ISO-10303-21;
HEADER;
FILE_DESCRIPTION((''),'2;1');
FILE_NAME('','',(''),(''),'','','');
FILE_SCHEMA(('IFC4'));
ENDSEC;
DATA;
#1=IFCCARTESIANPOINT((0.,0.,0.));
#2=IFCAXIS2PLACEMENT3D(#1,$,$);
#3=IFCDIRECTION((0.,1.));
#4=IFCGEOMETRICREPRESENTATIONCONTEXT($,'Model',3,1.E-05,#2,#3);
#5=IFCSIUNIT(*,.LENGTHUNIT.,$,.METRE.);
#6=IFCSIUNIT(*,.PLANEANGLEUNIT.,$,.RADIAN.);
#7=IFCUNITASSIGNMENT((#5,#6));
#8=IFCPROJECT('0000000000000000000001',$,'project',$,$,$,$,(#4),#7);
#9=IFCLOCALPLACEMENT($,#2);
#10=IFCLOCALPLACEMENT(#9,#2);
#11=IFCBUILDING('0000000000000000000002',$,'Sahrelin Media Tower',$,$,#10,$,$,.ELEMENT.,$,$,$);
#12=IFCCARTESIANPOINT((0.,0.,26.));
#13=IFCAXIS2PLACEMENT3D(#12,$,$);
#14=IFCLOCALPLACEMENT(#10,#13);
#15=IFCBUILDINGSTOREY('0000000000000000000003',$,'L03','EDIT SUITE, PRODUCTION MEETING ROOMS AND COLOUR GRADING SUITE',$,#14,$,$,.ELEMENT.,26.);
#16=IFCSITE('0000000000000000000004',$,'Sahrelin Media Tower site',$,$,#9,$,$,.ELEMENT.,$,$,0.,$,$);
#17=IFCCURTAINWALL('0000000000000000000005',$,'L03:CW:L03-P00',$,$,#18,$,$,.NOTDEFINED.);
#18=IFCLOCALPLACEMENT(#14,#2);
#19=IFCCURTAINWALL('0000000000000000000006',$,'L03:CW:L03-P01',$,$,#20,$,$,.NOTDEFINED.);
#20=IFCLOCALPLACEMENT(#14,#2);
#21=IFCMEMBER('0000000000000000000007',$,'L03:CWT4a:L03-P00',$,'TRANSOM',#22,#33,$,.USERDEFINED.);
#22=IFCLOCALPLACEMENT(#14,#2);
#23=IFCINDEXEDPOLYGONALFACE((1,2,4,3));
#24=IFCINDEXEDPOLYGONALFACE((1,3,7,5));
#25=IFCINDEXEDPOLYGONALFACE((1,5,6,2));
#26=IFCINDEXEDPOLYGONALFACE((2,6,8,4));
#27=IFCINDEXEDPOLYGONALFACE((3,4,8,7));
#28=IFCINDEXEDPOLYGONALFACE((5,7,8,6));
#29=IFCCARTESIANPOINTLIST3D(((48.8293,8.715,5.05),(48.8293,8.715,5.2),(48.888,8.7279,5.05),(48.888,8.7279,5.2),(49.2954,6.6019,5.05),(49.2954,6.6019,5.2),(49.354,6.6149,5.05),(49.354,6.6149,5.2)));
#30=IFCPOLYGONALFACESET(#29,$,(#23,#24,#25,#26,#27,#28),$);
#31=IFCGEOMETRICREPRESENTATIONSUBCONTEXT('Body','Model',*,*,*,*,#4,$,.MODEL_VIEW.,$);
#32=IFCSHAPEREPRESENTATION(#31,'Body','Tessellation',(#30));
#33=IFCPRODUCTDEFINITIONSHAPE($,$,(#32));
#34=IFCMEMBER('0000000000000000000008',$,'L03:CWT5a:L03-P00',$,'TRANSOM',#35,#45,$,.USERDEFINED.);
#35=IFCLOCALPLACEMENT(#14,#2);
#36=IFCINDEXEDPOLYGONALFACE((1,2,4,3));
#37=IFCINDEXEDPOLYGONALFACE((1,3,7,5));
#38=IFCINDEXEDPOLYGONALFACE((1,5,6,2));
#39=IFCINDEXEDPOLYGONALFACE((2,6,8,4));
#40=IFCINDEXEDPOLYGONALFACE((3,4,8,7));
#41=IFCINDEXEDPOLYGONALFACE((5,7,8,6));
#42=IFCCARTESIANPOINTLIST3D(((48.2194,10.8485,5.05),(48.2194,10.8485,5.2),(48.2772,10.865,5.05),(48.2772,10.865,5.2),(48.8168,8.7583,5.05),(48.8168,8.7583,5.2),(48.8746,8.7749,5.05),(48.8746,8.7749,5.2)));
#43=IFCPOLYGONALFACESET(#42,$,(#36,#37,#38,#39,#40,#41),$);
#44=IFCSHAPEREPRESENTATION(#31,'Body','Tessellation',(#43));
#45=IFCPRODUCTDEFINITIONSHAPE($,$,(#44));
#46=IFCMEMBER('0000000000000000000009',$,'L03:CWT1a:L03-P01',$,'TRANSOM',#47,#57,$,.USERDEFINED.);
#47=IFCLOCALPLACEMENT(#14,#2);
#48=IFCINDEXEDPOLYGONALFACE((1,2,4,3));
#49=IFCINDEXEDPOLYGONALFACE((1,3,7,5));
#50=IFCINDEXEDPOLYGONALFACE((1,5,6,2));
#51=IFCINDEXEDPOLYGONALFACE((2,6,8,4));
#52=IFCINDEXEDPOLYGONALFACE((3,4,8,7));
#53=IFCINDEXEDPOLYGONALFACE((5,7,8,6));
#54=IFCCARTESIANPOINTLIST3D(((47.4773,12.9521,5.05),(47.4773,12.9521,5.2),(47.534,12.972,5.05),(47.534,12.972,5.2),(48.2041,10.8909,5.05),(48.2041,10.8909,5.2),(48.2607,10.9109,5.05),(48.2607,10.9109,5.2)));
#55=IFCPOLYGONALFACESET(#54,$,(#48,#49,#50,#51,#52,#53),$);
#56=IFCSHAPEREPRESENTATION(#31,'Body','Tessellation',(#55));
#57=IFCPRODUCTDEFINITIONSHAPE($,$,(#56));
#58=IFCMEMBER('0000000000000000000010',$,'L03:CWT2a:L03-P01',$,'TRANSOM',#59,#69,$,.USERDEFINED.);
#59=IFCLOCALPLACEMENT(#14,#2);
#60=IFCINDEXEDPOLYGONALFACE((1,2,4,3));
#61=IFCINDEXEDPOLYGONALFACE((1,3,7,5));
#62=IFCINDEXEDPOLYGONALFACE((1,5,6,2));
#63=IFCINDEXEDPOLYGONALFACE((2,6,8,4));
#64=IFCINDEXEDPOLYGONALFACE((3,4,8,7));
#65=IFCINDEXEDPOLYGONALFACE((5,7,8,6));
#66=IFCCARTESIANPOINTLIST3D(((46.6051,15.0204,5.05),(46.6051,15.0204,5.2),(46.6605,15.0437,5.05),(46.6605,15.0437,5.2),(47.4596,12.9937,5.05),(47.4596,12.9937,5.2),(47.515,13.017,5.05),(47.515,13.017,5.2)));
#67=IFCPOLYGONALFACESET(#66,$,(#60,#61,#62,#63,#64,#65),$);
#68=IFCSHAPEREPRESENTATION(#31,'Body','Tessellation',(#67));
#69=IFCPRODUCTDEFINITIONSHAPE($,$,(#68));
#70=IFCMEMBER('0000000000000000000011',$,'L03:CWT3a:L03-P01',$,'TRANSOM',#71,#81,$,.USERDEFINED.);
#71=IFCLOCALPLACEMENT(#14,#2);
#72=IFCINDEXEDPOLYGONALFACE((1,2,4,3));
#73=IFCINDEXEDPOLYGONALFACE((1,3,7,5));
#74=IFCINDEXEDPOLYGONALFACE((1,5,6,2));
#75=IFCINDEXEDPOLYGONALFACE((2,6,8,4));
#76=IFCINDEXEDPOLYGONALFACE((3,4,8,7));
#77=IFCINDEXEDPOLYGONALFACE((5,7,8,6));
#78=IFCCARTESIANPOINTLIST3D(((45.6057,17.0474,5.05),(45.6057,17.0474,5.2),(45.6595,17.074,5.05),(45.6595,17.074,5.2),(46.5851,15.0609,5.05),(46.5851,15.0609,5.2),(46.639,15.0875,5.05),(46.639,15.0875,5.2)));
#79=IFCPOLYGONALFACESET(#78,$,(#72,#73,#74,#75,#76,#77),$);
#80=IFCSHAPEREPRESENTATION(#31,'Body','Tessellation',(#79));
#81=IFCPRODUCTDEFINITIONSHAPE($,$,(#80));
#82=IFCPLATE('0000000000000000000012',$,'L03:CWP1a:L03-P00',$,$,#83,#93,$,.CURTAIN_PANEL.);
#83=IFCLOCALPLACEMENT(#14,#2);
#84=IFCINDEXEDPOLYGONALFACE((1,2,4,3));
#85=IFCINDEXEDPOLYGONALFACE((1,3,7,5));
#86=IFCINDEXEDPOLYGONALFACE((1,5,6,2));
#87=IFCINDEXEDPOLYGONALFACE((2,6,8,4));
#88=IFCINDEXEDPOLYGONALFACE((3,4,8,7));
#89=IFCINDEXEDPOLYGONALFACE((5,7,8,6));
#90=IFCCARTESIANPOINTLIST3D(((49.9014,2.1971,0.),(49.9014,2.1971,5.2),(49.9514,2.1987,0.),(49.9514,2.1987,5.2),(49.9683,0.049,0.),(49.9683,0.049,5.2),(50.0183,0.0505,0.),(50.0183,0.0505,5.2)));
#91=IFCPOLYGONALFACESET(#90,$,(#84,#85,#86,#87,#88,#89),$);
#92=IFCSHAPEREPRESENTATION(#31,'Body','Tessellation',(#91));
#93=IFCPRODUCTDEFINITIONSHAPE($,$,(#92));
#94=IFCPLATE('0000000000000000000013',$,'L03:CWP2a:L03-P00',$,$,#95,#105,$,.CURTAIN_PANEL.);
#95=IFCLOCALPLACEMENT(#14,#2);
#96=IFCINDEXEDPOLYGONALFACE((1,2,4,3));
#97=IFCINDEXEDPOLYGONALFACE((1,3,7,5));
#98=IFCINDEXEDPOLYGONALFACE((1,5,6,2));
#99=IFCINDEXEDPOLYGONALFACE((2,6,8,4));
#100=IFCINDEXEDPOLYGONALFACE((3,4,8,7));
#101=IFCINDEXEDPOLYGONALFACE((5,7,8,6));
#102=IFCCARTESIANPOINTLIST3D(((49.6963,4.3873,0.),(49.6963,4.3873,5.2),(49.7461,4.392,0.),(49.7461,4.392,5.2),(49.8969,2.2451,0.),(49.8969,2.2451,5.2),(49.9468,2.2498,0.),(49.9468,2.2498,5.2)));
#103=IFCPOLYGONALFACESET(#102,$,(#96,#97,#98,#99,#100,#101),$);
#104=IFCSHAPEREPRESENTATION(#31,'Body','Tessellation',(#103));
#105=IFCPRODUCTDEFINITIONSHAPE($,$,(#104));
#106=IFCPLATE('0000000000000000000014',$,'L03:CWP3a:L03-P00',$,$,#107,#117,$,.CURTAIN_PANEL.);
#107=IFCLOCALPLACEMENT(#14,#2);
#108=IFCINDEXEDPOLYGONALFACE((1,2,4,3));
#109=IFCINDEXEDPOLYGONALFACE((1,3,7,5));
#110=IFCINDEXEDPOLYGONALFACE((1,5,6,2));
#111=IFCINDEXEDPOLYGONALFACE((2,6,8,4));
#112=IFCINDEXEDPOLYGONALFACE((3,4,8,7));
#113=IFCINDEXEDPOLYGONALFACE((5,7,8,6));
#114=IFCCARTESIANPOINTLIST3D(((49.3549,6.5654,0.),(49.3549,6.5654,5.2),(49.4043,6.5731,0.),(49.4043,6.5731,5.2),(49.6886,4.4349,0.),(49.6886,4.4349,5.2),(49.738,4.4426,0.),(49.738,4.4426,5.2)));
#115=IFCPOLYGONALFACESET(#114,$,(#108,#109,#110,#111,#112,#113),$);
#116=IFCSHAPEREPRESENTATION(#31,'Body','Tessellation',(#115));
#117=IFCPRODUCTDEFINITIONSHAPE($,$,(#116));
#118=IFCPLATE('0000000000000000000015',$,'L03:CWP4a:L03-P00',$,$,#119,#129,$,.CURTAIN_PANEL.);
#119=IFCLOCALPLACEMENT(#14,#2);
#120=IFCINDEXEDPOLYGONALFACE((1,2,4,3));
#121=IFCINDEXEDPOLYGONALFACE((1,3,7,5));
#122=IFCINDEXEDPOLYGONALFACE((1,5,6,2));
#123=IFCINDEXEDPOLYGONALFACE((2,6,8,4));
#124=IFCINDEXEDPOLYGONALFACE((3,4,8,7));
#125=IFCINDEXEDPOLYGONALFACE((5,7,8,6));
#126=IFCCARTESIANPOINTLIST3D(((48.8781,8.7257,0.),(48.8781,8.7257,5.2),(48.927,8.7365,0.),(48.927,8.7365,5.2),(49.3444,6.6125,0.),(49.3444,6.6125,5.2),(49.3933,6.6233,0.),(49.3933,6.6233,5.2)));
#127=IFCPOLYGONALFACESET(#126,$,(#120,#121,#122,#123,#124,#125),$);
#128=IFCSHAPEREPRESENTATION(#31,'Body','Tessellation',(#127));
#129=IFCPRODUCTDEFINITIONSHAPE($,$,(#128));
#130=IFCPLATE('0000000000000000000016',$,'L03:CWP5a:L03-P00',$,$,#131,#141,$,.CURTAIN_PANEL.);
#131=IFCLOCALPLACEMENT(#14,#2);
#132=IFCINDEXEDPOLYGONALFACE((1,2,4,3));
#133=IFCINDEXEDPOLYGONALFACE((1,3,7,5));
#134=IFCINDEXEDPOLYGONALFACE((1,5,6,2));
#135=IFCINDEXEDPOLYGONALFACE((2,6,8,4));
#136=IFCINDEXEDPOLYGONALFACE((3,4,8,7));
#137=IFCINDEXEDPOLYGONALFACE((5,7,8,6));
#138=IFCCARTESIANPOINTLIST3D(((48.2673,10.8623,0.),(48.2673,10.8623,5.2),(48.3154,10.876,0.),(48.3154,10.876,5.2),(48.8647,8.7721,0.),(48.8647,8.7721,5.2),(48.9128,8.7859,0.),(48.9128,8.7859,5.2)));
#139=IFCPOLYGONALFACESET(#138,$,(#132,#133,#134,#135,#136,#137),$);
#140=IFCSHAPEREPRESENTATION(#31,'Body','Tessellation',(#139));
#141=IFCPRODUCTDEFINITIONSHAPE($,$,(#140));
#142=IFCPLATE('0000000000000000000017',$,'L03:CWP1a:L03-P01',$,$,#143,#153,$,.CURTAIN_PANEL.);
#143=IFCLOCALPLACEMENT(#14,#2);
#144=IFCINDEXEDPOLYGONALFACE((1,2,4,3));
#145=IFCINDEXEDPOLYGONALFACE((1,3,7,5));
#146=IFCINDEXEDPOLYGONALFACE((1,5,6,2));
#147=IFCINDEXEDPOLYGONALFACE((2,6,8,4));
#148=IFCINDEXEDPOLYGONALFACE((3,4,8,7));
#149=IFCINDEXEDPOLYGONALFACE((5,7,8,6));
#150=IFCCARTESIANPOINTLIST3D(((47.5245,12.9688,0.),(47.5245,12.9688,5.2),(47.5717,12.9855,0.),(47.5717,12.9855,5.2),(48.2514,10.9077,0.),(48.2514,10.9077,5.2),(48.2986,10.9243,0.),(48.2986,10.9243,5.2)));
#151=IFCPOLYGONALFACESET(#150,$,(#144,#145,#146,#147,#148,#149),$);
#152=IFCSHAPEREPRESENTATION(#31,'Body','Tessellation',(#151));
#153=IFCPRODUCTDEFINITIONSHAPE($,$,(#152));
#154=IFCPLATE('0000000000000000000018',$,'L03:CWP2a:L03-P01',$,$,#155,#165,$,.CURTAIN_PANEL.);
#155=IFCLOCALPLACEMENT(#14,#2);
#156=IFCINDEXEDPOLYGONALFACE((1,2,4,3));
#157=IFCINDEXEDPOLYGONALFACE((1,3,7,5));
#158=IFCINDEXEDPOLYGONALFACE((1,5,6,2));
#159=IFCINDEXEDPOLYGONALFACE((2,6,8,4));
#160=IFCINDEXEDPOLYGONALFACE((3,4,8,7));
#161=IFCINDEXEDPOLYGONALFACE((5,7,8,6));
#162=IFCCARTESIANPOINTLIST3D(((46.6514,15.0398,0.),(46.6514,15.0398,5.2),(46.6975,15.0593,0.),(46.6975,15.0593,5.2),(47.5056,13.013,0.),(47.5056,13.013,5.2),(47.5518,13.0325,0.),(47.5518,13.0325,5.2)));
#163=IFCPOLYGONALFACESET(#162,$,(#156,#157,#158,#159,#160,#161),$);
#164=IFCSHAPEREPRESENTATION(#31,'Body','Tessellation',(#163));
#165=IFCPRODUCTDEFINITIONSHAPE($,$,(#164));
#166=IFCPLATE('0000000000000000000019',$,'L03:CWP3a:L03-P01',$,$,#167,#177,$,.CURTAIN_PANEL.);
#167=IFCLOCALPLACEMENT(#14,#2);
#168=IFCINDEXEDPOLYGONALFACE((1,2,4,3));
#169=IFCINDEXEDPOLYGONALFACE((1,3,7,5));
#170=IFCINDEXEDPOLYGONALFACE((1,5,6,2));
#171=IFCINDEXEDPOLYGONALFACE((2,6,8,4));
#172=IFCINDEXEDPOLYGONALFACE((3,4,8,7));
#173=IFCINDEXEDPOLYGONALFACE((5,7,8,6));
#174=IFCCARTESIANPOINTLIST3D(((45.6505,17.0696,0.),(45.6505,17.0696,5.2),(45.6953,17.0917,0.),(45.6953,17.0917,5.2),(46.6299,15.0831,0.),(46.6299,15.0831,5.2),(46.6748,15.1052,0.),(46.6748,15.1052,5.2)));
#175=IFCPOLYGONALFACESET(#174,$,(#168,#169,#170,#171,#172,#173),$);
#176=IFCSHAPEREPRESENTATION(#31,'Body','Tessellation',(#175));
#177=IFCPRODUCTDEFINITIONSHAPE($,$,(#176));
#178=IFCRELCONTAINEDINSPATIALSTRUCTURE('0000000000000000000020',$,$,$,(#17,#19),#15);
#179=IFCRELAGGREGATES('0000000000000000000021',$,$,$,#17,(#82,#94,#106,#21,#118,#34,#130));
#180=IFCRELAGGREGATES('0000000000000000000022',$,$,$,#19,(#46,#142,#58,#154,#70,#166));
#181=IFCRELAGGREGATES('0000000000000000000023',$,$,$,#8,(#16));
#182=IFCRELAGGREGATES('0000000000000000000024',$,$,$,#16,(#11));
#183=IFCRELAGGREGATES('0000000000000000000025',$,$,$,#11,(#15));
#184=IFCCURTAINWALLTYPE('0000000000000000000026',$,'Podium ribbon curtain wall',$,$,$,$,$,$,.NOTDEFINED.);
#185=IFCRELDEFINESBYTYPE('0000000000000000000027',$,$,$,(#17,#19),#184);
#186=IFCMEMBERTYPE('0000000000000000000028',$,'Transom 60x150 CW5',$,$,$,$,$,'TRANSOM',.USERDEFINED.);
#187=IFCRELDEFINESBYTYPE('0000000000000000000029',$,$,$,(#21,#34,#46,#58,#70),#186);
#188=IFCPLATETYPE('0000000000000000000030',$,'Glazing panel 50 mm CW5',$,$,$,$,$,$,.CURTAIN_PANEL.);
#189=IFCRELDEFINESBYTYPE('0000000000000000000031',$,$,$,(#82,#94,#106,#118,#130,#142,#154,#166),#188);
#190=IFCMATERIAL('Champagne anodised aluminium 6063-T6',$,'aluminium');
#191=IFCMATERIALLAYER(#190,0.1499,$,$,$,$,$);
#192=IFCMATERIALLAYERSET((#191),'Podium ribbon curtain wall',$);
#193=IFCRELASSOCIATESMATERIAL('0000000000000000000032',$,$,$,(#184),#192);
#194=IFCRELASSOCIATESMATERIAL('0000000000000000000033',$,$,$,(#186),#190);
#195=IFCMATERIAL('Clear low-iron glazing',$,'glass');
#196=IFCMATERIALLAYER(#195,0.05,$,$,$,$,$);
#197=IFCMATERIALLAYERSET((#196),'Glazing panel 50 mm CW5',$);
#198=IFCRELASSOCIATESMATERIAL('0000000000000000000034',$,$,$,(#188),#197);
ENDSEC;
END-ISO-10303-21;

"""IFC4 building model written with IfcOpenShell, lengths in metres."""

from ifc_helpers import new_model, si_unit, direction, frame, origin, origin_2d, place, context, subcontext, project, spatial, polyline, rectangle, outline, extrude, material, layer, layer_set, material_profile, profile_set, type_object, element, aggregate, save


model = new_model("IFC4")

# Units and contexts
model_context = context("Model", 3, precision=1e-05, world=origin(), true_north=direction((0.0, 1.0)))
body_context = subcontext(model_context, "Body", "Model", "MODEL_VIEW")
ifc_project = project(units=[si_unit("LENGTHUNIT", "METRE"), si_unit("PLANEANGLEUNIT", "RADIAN")], contexts=[model_context])

# Site, building, storey
site_placement = place(None, origin())
site = spatial("IfcSite", under=ifc_project, at=site_placement, Name="Sahrelin Media Tower site", CompositionType="ELEMENT", RefElevation=0.0)
building_placement = place(site_placement, origin())
building = spatial("IfcBuilding", under=site, at=building_placement, Name="Sahrelin Media Tower", CompositionType="ELEMENT")
storey_placement = place(building_placement, frame((0.0, 0.0, 26.0)))
storey = spatial("IfcBuildingStorey", under=building, at=storey_placement, Name="L03", Description="EDIT SUITE, PRODUCTION MEETING ROOMS AND COLOUR GRADING SUITE", CompositionType="ELEMENT", Elevation=26.0)

# Curtain walls
ifc_material_1 = material(Name="Champagne anodised aluminium 6063-T6", Category="aluminium")
ifc_layer_1 = layer(ifc_material_1, 0.1499)
ifc_layer_set_1 = layer_set([ifc_layer_1], Name="Podium ribbon curtain wall")
curtain_wall_type = type_object("IfcCurtainWallType", Name="Podium ribbon curtain wall", PredefinedType="NOTDEFINED", material=ifc_layer_set_1)
curtain_wall_1_placement = place(storey_placement, frame((50.0, 0.0, 0.0), z_axis=(0.0, 0.0, 1.0), x_axis=(1.0, 0.0, 0.0)))
curtain_wall_1 = element("IfcCurtainWall", 1, at=curtain_wall_1_placement, inside=storey, type_object=curtain_wall_type, Name="L03:CW:L03-P00", PredefinedType="NOTDEFINED")
curtain_wall_2_placement = place(storey_placement, frame((48.2964, 10.8704, 0.0), z_axis=(0.0, 0.0, 1.0), x_axis=(1.0, 0.0, 0.0)))
curtain_wall_2 = element("IfcCurtainWall", 2, at=curtain_wall_2_placement, inside=storey, type_object=curtain_wall_type, Name="L03:CW:L03-P01", PredefinedType="NOTDEFINED")

# Members
ifc_material_profile_1 = material_profile(ifc_material_1, rectangle(XDim=0.0601, YDim=0.1499, at=origin_2d()), Name="Transom 60x150")
ifc_profile_set_1 = profile_set([ifc_material_profile_1], Name="Champagne anodised aluminium 6063-T6")
member_type_1 = type_object("IfcMemberType", Name="Transom 60x150 CW5", ElementType="TRANSOM", PredefinedType="USERDEFINED", material=ifc_profile_set_1)
member_1_placement = place(storey_placement, frame((49.3247, 6.6084, 5.125), z_axis=(-0.215389, 0.976528, 0.0), x_axis=(-0.976528, -0.215389, 0.0)))
member_1 = element("IfcMember", 3, at=member_1_placement, type_object=member_type_1, Name="L03:CWT4a:L03-P00", ObjectType="TRANSOM", PredefinedType="USERDEFINED", context=body_context, shape_type="SweptSolid", body=[
    extrude(rectangle(XDim=0.0601, YDim=0.1499, at=origin_2d()), origin(), (0.0, 0.0, 1.0), 2.1638),
])
member_2_placement = place(storey_placement, frame((48.8457, 8.7666, 5.125), z_axis=(-0.274825, 0.961494, 0.0), x_axis=(-0.961494, -0.274825, 0.0)))
member_2 = element("IfcMember", 4, at=member_2_placement, type_object=member_type_1, Name="L03:CWT5a:L03-P00", ObjectType="TRANSOM", PredefinedType="USERDEFINED", context=body_context, shape_type="SweptSolid", body=[
    extrude(rectangle(XDim=0.0601, YDim=0.1499, at=origin_2d()), origin(), (0.0, 0.0, 1.0), 2.1738),
])
member_3_placement = place(storey_placement, frame((48.2324, 10.9009, 5.125), z_axis=(-0.332534, 0.943091, 0.0), x_axis=(-0.943091, -0.332534, 0.0)))
member_3 = element("IfcMember", 5, at=member_3_placement, type_object=member_type_1, Name="L03:CWT1a:L03-P01", ObjectType="TRANSOM", PredefinedType="USERDEFINED", context=body_context, shape_type="SweptSolid", body=[
    extrude(rectangle(XDim=0.0601, YDim=0.1499, at=origin_2d()), origin(), (0.0, 0.0, 1.0), 2.1855),
])
member_4_placement = place(storey_placement, frame((47.4873, 13.0054, 5.125), z_axis=(-0.388514, 0.921443, 0.0), x_axis=(-0.921443, -0.388514, 0.0)))
member_4 = element("IfcMember", 6, at=member_4_placement, type_object=member_type_1, Name="L03:CWT2a:L03-P01", ObjectType="TRANSOM", PredefinedType="USERDEFINED", context=body_context, shape_type="SweptSolid", body=[
    extrude(rectangle(XDim=0.0601, YDim=0.1499, at=origin_2d()), origin(), (0.0, 0.0, 1.0), 2.1995),
])
member_5_placement = place(storey_placement, frame((46.6121, 15.0742, 5.125), z_axis=(-0.442224, 0.896904, 0.0), x_axis=(-0.896904, -0.442224, 0.0)))
member_5 = element("IfcMember", 7, at=member_5_placement, type_object=member_type_1, Name="L03:CWT3a:L03-P01", ObjectType="TRANSOM", PredefinedType="USERDEFINED", context=body_context, shape_type="SweptSolid", body=[
    extrude(rectangle(XDim=0.0601, YDim=0.1499, at=origin_2d()), origin(), (0.0, 0.0, 1.0), 2.2148),
])

# Plates
ifc_material_2 = material(Name="Clear low-iron glazing", Category="glass")
ifc_layer_2 = layer(ifc_material_2, 0.05)
ifc_layer_set_2 = layer_set([ifc_layer_2], Name="Glazing panel 50 mm CW5")
plate_type = type_object("IfcPlateType", Name="Glazing panel 50 mm CW5", PredefinedType="CURTAIN_PANEL", material=ifc_layer_set_2)
plate_1_placement = place(storey_placement, frame((50.0183, 0.0505, 0.0), z_axis=(0.999516, 0.031125, 0.0), x_axis=(-0.031125, 0.999516, 0.0)))
plate_1 = element("IfcPlate", 8, at=plate_1_placement, type_object=plate_type, Name="L03:CWP1a:L03-P00", PredefinedType="CURTAIN_PANEL", context=body_context, shape_type="SweptSolid", body=[
    extrude(outline(polyline([(0.0, 0.0), (2.1492, 0.0), (2.1492, 5.2), (0.0, 5.2), (0.0, 0.0)])), origin(), (0.0, 0.0, -1.0), 0.05),
])
plate_2_placement = place(storey_placement, frame((49.9468, 2.2498, 0.0), z_axis=(0.995641, 0.093267, 0.0), x_axis=(-0.093267, 0.995641, 0.0)))
plate_2 = element("IfcPlate", 9, at=plate_2_placement, type_object=plate_type, Name="L03:CWP2a:L03-P00", PredefinedType="CURTAIN_PANEL", context=body_context, shape_type="SweptSolid", body=[
    extrude(outline(polyline([(0.0, 0.0), (2.1516, 0.0), (2.1516, 5.2), (0.0, 5.2), (0.0, 0.0)])), origin(), (0.0, 0.0, -1.0), 0.05),
])
plate_3_placement = place(storey_placement, frame((49.738, 4.4426, 0.0), z_axis=(0.987953, 0.154753, 0.0), x_axis=(-0.154753, 0.987953, 0.0)))
plate_3 = element("IfcPlate", 10, at=plate_3_placement, type_object=plate_type, Name="L03:CWP3a:L03-P00", PredefinedType="CURTAIN_PANEL", context=body_context, shape_type="SweptSolid", body=[
    extrude(outline(polyline([(0.0, 0.0), (2.1565, 0.0), (2.1565, 5.2), (0.0, 5.2), (0.0, 0.0)])), origin(), (0.0, 0.0, -1.0), 0.05),
])
plate_4_placement = place(storey_placement, frame((49.3933, 6.6233, 0.0), z_axis=(0.97651, 0.215473, 0.0), x_axis=(-0.215473, 0.97651, 0.0)))
plate_4 = element("IfcPlate", 11, at=plate_4_placement, type_object=plate_type, Name="L03:CWP4a:L03-P00", PredefinedType="CURTAIN_PANEL", context=body_context, shape_type="SweptSolid", body=[
    extrude(outline(polyline([(0.0, 0.0), (2.1641, 0.0), (2.1641, 5.2), (0.0, 5.2), (0.0, 0.0)])), origin(), (0.0, 0.0, -1.0), 0.05),
])
plate_5_placement = place(storey_placement, frame((48.9128, 8.7859, 0.0), z_axis=(0.961494, 0.274825, 0.0), x_axis=(-0.274825, 0.961494, 0.0)))
plate_5 = element("IfcPlate", 12, at=plate_5_placement, type_object=plate_type, Name="L03:CWP5a:L03-P00", PredefinedType="CURTAIN_PANEL", context=body_context, shape_type="SweptSolid", body=[
    extrude(outline(polyline([(0.0, 0.0), (2.1738, 0.0), (2.1738, 5.2), (0.0, 5.2), (0.0, 0.0)])), origin(), (0.0, 0.0, -1.0), 0.05),
])
aggregate(curtain_wall_1, [plate_1, plate_2, plate_3, member_1, plate_4, member_2, plate_5])
plate_6_placement = place(storey_placement, frame((48.2986, 10.9243, 0.0), z_axis=(0.943079, 0.332569, 0.0), x_axis=(-0.332569, 0.943079, 0.0)))
plate_6 = element("IfcPlate", 13, at=plate_6_placement, type_object=plate_type, Name="L03:CWP1a:L03-P01", PredefinedType="CURTAIN_PANEL", context=body_context, shape_type="SweptSolid", body=[
    extrude(outline(polyline([(0.0, 0.0), (2.1855, 0.0), (2.1855, 5.2), (0.0, 5.2), (0.0, 0.0)])), origin(), (0.0, 0.0, -1.0), 0.05),
])
plate_7_placement = place(storey_placement, frame((47.5518, 13.0325, 0.0), z_axis=(0.9215, 0.38838, 0.0), x_axis=(-0.38838, 0.9215, 0.0)))
plate_7 = element("IfcPlate", 14, at=plate_7_placement, type_object=plate_type, Name="L03:CWP2a:L03-P01", PredefinedType="CURTAIN_PANEL", context=body_context, shape_type="SweptSolid", body=[
    extrude(outline(polyline([(0.0, 0.0), (2.1995, 0.0), (2.1995, 5.2), (0.0, 5.2), (0.0, 0.0)])), origin(), (0.0, 0.0, -1.0), 0.05),
])
plate_8_placement = place(storey_placement, frame((46.6748, 15.1052, 0.0), z_axis=(0.896904, 0.442224, 0.0), x_axis=(-0.442224, 0.896904, 0.0)))
plate_8 = element("IfcPlate", 15, at=plate_8_placement, type_object=plate_type, Name="L03:CWP3a:L03-P01", PredefinedType="CURTAIN_PANEL", context=body_context, shape_type="SweptSolid", body=[
    extrude(outline(polyline([(0.0, 0.0), (2.2148, 0.0), (2.2148, 5.2), (0.0, 5.2), (0.0, 0.0)])), origin(), (0.0, 0.0, -1.0), 0.05),
])
aggregate(curtain_wall_2, [member_3, plate_6, member_4, plate_7, member_5, plate_8])

save(model, "model.ifc")
